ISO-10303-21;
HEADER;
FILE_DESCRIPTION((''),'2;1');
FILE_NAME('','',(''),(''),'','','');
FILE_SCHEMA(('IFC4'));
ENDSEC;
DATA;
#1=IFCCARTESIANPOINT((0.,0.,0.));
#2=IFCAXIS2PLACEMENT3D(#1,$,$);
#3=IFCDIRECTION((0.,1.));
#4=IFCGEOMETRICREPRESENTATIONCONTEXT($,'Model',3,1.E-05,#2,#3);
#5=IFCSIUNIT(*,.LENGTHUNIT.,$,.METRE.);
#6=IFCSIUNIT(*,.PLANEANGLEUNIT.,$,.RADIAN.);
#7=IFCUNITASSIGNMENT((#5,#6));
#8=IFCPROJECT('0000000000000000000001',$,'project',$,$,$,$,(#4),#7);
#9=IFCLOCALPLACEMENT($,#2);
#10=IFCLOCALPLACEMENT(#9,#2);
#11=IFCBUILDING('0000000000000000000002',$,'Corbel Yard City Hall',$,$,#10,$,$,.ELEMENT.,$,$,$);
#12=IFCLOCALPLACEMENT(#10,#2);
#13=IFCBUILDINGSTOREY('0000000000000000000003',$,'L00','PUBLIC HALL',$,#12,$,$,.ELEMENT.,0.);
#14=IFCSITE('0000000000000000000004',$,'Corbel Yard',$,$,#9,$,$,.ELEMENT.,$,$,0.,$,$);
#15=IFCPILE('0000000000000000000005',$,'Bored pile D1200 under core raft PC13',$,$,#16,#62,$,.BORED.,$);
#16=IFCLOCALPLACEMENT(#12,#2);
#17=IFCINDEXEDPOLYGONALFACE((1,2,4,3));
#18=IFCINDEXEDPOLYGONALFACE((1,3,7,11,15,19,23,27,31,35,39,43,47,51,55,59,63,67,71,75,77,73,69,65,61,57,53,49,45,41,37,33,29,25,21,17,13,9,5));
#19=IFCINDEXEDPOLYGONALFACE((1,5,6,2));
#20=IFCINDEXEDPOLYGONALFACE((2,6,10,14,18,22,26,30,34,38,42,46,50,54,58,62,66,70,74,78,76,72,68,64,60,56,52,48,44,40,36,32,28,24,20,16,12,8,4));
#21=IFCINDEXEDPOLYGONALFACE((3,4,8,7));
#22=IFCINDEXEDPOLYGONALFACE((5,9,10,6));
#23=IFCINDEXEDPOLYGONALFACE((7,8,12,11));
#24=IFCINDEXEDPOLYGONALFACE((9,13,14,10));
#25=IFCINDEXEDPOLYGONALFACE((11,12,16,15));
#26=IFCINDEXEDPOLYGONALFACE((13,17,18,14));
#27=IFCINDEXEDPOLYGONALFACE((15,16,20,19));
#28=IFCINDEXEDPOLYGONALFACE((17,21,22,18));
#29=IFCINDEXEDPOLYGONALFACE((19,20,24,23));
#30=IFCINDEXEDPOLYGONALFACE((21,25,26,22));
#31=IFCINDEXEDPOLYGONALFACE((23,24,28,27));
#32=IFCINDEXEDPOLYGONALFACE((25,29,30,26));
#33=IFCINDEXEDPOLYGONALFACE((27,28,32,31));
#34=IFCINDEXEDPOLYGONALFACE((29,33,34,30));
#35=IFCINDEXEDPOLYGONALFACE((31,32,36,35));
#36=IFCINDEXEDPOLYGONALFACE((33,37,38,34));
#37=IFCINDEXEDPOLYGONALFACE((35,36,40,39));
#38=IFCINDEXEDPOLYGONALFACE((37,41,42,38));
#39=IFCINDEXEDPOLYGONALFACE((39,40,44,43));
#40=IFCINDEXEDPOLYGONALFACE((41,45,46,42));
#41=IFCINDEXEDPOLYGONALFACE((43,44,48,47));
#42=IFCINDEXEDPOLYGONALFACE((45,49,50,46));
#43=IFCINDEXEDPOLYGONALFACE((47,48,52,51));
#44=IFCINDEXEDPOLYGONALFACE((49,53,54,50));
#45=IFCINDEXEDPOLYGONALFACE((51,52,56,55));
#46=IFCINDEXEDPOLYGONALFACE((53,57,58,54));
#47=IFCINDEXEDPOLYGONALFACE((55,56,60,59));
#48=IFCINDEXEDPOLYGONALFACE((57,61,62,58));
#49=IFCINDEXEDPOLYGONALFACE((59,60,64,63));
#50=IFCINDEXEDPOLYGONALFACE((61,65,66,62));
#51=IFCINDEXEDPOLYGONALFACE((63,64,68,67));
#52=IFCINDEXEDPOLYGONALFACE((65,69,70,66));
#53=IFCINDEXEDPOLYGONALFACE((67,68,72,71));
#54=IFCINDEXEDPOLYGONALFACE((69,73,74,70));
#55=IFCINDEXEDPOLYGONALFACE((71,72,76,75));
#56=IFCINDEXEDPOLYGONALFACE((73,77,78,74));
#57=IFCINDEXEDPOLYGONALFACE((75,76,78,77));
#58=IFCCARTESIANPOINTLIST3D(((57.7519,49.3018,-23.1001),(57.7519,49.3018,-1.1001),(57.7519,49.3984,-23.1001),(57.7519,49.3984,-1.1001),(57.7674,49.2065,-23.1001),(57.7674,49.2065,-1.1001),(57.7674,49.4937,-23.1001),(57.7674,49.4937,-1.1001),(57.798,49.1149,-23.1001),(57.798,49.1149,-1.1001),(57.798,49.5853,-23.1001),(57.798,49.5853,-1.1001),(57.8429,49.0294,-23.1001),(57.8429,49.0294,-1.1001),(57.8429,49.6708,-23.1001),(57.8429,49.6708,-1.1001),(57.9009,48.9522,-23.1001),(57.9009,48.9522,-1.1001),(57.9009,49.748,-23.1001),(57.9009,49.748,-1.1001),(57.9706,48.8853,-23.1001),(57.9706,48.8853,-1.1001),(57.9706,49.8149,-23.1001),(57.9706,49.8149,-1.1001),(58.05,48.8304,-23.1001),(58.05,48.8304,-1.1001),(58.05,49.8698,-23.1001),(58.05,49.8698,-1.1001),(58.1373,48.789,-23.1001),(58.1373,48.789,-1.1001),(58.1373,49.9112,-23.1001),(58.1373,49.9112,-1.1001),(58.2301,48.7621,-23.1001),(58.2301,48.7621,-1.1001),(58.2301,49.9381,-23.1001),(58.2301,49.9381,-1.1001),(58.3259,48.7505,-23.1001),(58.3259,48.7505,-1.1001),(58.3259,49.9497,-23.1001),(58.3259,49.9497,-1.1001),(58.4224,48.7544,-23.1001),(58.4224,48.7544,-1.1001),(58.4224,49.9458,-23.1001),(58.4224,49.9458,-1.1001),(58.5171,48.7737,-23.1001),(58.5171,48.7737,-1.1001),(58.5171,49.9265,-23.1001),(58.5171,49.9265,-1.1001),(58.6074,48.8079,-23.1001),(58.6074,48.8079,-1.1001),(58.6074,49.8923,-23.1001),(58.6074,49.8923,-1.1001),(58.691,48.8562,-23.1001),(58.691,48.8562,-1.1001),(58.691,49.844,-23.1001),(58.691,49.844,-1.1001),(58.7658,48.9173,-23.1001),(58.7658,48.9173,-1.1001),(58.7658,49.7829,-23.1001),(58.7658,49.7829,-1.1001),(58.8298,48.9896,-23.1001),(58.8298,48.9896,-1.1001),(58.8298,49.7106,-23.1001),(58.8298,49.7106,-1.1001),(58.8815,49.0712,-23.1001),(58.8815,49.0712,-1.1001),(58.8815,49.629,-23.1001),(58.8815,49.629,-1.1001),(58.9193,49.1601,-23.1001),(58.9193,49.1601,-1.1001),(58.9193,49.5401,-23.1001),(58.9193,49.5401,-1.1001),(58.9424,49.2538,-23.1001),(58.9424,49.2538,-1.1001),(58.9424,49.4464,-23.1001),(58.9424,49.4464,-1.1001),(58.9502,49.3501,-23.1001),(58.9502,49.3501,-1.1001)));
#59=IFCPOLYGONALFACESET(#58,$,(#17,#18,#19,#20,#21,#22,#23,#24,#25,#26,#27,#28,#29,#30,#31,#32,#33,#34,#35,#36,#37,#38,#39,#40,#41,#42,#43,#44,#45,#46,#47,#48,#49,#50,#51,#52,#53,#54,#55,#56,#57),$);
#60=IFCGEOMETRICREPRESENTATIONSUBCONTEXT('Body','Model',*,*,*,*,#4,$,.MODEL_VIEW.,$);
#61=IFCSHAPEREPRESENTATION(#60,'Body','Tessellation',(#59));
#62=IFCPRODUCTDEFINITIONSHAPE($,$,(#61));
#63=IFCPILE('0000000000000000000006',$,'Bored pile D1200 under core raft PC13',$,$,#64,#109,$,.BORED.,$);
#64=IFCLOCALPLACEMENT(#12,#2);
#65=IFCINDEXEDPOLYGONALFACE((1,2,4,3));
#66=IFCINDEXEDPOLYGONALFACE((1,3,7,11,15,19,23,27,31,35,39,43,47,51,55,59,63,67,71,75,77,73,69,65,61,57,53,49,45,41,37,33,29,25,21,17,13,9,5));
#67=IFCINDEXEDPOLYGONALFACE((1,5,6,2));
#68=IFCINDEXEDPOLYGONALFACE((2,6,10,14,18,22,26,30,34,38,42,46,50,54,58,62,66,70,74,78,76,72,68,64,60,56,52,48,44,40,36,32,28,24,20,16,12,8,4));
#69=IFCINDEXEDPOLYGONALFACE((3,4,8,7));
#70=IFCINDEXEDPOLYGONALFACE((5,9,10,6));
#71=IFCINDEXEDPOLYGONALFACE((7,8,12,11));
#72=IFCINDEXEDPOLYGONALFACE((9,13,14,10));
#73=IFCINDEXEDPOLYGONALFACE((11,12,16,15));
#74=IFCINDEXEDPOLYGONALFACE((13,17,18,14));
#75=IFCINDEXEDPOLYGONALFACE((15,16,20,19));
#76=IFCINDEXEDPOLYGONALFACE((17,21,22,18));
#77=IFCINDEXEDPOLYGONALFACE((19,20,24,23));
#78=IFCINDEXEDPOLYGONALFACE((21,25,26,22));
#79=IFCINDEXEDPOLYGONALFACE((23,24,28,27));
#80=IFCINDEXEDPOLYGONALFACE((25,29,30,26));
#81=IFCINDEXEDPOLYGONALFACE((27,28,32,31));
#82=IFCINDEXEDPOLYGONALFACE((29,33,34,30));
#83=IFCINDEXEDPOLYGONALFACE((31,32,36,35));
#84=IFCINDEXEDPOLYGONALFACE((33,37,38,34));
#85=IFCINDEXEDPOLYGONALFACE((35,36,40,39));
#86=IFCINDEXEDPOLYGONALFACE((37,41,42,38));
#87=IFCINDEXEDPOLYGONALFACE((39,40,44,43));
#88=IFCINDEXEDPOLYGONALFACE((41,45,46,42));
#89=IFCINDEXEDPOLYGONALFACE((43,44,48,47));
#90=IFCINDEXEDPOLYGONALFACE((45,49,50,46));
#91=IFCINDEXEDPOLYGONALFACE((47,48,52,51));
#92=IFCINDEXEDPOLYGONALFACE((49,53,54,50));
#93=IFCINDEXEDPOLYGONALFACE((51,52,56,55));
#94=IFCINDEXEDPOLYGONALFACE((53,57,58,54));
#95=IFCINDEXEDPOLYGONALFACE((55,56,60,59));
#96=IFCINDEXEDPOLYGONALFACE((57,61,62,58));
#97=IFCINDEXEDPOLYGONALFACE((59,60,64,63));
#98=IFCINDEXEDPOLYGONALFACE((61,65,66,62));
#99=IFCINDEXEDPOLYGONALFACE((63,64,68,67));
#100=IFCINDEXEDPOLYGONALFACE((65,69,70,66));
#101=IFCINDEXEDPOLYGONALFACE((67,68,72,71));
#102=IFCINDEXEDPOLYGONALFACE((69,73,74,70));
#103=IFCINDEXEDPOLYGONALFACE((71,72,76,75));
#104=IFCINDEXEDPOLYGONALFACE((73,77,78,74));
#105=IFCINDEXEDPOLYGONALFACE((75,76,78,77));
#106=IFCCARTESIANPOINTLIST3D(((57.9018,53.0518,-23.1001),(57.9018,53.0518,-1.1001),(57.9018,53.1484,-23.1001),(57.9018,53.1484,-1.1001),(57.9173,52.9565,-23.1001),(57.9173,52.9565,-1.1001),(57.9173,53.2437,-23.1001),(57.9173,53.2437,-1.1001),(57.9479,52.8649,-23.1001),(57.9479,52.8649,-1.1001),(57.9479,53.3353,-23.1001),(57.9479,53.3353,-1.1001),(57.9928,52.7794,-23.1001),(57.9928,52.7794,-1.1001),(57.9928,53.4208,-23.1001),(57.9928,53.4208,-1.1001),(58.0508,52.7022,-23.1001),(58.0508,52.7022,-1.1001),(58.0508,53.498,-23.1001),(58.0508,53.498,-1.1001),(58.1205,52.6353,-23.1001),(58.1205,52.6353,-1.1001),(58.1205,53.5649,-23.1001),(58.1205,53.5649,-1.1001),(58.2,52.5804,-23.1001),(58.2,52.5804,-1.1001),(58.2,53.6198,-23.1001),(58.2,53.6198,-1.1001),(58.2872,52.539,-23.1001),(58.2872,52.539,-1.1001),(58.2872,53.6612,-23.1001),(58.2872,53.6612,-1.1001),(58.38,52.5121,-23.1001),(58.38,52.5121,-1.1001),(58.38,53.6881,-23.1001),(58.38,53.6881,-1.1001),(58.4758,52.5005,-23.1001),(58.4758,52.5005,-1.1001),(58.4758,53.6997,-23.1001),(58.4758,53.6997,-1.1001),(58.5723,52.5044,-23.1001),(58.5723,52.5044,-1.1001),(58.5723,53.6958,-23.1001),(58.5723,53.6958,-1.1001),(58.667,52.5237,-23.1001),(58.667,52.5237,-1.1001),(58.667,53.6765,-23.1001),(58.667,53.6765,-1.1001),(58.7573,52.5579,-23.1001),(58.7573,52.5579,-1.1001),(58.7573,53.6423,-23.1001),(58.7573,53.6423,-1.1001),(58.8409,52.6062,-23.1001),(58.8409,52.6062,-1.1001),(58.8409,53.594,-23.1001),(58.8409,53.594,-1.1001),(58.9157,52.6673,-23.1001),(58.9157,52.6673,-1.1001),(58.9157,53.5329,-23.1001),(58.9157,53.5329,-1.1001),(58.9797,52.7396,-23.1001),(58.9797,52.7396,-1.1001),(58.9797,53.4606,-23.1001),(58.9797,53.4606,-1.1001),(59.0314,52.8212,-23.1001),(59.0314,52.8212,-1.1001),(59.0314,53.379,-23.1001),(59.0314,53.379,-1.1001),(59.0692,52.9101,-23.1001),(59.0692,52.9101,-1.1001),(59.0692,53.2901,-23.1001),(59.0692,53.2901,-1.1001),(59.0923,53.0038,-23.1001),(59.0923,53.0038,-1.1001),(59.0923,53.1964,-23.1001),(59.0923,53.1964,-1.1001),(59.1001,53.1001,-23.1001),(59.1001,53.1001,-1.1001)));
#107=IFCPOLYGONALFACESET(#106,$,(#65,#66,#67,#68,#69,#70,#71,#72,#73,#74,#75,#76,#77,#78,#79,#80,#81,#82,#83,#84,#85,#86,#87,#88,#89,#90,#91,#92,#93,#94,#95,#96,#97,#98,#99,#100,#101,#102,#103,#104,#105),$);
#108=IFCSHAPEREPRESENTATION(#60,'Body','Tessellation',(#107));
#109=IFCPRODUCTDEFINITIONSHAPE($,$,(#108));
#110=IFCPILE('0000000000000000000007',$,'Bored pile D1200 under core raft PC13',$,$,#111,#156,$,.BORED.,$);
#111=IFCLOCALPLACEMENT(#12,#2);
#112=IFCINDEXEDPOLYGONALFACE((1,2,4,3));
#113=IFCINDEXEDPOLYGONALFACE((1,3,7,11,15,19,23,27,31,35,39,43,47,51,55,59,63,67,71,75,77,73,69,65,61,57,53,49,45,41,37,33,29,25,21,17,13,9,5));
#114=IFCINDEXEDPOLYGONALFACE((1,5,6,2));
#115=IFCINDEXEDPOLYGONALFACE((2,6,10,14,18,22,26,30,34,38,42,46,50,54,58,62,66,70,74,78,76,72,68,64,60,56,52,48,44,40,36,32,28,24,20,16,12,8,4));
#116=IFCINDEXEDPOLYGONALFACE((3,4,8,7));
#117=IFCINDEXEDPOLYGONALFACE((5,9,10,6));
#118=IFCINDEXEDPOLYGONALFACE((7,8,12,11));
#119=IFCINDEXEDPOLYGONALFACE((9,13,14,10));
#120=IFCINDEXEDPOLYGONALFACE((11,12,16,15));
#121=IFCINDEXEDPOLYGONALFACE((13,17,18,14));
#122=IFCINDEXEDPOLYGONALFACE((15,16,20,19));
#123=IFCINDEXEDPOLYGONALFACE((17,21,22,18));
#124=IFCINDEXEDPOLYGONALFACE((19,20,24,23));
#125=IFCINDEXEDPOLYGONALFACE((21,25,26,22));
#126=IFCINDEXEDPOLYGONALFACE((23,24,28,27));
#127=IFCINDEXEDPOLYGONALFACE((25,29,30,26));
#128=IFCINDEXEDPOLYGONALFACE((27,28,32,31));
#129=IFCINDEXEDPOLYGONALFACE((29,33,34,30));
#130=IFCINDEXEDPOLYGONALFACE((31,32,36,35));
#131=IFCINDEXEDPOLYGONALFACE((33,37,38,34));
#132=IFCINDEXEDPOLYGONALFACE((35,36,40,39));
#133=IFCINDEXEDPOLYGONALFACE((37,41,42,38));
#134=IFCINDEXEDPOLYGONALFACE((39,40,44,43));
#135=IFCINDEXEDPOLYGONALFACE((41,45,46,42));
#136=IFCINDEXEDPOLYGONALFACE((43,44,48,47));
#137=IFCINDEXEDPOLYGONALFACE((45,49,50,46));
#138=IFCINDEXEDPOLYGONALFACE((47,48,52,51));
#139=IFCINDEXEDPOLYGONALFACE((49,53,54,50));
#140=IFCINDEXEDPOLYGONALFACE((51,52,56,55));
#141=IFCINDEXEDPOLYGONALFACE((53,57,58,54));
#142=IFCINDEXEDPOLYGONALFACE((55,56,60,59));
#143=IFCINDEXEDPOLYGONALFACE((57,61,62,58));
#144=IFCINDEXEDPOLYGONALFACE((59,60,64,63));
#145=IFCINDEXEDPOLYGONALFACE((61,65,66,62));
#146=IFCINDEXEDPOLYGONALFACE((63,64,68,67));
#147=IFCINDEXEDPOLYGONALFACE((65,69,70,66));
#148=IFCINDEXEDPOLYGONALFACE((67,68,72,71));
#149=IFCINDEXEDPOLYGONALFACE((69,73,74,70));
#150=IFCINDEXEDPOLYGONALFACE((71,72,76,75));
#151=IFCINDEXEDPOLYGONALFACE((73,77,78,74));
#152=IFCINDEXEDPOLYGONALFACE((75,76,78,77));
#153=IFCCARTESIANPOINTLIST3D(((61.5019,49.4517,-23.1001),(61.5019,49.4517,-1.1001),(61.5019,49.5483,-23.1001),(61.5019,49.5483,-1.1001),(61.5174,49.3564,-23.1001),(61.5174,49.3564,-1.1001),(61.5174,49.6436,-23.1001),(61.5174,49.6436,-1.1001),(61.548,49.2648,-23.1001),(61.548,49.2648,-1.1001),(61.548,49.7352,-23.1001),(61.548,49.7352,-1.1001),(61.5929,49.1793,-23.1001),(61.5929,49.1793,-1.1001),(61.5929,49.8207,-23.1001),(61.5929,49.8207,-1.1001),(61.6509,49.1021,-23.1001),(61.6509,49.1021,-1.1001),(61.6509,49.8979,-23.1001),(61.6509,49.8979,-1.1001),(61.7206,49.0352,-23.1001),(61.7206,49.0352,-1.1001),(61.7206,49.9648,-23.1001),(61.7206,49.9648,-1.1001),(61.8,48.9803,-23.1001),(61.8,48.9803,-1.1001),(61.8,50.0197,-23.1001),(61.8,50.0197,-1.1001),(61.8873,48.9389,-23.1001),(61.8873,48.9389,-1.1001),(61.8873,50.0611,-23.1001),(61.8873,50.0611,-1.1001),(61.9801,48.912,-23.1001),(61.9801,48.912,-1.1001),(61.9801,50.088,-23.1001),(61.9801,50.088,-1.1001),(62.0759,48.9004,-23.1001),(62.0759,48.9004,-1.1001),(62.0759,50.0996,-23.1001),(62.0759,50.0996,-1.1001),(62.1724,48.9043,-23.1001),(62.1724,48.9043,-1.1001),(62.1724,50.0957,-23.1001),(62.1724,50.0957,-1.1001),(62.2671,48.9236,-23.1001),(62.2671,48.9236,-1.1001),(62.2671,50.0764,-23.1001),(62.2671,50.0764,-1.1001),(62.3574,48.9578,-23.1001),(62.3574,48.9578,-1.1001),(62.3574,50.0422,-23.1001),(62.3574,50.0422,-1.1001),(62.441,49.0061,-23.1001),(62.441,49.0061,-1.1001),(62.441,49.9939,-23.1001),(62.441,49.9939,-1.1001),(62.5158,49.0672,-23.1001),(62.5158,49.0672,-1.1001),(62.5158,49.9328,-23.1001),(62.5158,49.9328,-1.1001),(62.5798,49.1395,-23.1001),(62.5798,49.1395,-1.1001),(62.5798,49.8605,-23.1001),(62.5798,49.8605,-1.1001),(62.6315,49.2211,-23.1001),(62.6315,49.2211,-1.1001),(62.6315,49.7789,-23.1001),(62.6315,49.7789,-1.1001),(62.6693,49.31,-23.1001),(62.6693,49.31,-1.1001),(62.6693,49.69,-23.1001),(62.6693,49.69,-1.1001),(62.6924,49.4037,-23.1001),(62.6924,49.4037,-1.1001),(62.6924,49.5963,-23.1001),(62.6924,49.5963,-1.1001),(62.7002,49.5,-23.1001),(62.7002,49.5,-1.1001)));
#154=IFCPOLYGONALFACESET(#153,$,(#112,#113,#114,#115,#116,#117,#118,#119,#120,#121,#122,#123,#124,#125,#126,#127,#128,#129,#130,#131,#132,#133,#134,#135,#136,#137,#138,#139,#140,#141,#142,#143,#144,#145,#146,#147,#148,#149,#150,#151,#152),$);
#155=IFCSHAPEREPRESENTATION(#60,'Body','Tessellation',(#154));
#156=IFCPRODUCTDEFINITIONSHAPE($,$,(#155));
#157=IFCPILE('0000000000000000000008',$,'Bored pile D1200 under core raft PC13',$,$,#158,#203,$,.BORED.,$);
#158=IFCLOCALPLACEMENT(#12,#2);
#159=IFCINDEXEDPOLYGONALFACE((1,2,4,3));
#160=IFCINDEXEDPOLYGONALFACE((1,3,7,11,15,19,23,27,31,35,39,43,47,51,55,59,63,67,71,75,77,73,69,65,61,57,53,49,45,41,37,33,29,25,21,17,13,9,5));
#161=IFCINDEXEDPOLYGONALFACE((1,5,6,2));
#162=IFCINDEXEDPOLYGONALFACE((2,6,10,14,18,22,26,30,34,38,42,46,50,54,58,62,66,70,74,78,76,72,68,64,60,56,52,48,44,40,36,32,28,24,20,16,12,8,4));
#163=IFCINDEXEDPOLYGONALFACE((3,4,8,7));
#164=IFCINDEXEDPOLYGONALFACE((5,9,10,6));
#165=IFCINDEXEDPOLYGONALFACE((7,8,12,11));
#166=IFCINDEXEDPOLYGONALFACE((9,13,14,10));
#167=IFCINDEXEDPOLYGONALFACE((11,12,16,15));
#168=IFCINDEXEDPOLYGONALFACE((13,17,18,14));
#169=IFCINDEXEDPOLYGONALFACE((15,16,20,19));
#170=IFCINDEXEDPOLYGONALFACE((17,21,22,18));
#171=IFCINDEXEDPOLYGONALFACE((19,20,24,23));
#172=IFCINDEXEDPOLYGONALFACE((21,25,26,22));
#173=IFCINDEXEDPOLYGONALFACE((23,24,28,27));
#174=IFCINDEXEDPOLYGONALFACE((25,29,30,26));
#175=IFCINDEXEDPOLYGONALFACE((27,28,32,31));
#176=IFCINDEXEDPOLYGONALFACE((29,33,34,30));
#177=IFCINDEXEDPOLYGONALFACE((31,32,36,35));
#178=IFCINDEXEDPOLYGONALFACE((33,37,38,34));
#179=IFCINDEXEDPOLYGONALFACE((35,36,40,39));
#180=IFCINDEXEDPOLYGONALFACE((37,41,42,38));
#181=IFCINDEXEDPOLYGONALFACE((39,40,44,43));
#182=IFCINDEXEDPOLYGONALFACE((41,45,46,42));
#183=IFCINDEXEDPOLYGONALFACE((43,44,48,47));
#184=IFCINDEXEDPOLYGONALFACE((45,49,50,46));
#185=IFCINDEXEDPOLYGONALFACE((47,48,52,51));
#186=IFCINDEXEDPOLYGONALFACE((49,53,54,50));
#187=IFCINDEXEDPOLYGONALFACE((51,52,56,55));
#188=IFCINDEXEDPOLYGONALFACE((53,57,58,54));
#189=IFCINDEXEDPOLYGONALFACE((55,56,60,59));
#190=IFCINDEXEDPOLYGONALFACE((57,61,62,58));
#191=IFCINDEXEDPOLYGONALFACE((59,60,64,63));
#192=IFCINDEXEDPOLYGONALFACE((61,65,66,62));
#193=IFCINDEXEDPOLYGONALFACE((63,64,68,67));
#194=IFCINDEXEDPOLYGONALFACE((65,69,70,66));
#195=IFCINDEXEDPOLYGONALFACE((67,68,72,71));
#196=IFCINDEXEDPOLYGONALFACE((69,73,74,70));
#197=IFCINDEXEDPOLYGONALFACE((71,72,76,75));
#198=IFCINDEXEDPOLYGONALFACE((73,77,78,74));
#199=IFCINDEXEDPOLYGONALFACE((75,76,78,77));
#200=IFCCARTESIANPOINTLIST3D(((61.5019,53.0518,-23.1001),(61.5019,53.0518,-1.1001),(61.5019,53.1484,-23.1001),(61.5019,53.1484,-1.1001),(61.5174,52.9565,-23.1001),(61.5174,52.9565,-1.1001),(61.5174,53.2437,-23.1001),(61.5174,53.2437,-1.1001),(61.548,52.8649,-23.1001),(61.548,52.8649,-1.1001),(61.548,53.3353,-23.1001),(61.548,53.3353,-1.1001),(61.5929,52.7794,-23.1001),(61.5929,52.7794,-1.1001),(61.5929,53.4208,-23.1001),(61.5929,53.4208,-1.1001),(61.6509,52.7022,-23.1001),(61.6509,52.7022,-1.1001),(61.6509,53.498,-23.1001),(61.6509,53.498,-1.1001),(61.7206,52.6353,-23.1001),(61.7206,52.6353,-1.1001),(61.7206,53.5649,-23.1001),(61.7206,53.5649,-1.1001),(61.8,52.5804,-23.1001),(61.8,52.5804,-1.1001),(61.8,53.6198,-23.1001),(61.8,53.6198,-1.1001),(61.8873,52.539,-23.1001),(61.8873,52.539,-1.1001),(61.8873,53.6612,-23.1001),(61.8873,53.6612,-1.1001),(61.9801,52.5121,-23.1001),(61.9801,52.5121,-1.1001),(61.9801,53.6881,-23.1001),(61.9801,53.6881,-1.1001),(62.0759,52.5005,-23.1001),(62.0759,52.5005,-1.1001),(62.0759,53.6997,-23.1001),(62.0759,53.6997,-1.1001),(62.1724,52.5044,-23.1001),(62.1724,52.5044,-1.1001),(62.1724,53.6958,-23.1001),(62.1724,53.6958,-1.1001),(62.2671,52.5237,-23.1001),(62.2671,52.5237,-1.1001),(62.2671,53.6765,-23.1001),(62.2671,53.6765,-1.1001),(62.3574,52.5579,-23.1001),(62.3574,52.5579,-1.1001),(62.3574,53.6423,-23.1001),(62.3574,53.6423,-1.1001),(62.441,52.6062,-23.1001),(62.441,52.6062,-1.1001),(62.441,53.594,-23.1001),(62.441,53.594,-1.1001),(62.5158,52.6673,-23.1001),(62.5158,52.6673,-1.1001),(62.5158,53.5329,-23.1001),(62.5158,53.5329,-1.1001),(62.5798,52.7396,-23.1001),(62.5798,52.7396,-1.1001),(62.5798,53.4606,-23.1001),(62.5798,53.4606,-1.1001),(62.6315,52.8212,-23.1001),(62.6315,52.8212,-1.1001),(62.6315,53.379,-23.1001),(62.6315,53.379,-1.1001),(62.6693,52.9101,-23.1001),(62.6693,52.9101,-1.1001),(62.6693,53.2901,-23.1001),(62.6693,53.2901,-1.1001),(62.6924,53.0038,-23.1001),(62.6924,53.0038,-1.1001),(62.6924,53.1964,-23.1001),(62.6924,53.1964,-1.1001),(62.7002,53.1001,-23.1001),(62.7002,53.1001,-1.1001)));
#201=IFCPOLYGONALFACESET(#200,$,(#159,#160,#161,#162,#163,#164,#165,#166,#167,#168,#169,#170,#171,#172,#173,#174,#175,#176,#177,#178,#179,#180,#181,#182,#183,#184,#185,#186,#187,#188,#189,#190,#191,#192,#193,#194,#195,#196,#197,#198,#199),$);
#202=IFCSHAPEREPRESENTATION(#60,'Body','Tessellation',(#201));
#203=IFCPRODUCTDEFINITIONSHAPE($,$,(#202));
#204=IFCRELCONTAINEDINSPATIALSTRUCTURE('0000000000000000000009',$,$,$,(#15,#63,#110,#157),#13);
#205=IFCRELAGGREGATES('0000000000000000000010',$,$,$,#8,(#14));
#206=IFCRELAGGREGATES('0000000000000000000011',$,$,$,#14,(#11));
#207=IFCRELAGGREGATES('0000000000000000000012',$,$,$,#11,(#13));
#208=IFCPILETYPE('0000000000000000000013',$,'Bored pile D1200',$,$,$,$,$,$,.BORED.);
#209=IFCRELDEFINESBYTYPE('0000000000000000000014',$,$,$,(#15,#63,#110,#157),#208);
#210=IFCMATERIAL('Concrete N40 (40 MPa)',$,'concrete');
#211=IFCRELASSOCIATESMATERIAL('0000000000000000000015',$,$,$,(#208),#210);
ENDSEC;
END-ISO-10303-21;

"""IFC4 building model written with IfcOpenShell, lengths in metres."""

from ifc_helpers import new_model, si_unit, direction, frame, origin, origin_2d, place, context, subcontext, project, spatial, circle, extrude, material, material_profile, profile_set, type_object, element, save


model = new_model("IFC4")

# Units and contexts
model_context = context("Model", 3, precision=1e-05, world=origin(), true_north=direction((0.0, 1.0)))
body_context = subcontext(model_context, "Body", "Model", "MODEL_VIEW")
ifc_project = project(units=[si_unit("LENGTHUNIT", "METRE"), si_unit("PLANEANGLEUNIT", "RADIAN")], contexts=[model_context])

# Site, building, storey
site_placement = place(None, origin())
site = spatial("IfcSite", under=ifc_project, at=site_placement, Name="Corbel Yard", CompositionType="ELEMENT", RefElevation=0.0)
building_placement = place(site_placement, origin())
building = spatial("IfcBuilding", under=site, at=building_placement, Name="Corbel Yard City Hall", CompositionType="ELEMENT")
storey_placement = place(building_placement, origin())
storey = spatial("IfcBuildingStorey", under=building, at=storey_placement, Name="L00", Description="PUBLIC HALL", CompositionType="ELEMENT", Elevation=0.0)

# Piles
ifc_material_1 = material(Name="Concrete N40 (40 MPa)", Category="concrete")
ifc_material_profile_1 = material_profile(ifc_material_1, circle(Radius=0.6001, at=origin_2d()), Name="D1200")
ifc_profile_set_1 = profile_set([ifc_material_profile_1], Name="Concrete N40 (40 MPa)")
pile_type_1 = type_object("IfcPileType", Name="Bored pile D1200", PredefinedType="BORED", material=ifc_profile_set_1)
for number, where, z_axis, x_axis, name in (
    (1, (58.3501, 49.3501, -1.1001), (0.0, 0.0, -1.0), (1.0, 0.0, 0.0), "Bored pile D1200 under core raft PC13"),
    (2, (58.5, 53.1001, -1.1001), (0.0, 0.0, -1.0), (1.0, 0.0, 0.0), "Bored pile D1200 under core raft PC13"),
    (3, (62.1001, 49.5, -1.1001), (0.0, 0.0, -1.0), (1.0, 0.0, 0.0), "Bored pile D1200 under core raft PC13"),
    (4, (62.1001, 53.1001, -1.1001), (0.0, 0.0, -1.0), (1.0, 0.0, 0.0), "Bored pile D1200 under core raft PC13"),
):
    element("IfcPile", number, at=place(storey_placement, frame(where, z_axis=z_axis, x_axis=x_axis)), inside=storey, type_object=pile_type_1, Name=name, PredefinedType="BORED", context=body_context, shape_type="SweptSolid", body=[
        extrude(circle(Radius=0.6001, at=origin_2d()), origin(), (0.0, 0.0, 1.0), 22.0),
    ])

save(model, "model.ifc")
